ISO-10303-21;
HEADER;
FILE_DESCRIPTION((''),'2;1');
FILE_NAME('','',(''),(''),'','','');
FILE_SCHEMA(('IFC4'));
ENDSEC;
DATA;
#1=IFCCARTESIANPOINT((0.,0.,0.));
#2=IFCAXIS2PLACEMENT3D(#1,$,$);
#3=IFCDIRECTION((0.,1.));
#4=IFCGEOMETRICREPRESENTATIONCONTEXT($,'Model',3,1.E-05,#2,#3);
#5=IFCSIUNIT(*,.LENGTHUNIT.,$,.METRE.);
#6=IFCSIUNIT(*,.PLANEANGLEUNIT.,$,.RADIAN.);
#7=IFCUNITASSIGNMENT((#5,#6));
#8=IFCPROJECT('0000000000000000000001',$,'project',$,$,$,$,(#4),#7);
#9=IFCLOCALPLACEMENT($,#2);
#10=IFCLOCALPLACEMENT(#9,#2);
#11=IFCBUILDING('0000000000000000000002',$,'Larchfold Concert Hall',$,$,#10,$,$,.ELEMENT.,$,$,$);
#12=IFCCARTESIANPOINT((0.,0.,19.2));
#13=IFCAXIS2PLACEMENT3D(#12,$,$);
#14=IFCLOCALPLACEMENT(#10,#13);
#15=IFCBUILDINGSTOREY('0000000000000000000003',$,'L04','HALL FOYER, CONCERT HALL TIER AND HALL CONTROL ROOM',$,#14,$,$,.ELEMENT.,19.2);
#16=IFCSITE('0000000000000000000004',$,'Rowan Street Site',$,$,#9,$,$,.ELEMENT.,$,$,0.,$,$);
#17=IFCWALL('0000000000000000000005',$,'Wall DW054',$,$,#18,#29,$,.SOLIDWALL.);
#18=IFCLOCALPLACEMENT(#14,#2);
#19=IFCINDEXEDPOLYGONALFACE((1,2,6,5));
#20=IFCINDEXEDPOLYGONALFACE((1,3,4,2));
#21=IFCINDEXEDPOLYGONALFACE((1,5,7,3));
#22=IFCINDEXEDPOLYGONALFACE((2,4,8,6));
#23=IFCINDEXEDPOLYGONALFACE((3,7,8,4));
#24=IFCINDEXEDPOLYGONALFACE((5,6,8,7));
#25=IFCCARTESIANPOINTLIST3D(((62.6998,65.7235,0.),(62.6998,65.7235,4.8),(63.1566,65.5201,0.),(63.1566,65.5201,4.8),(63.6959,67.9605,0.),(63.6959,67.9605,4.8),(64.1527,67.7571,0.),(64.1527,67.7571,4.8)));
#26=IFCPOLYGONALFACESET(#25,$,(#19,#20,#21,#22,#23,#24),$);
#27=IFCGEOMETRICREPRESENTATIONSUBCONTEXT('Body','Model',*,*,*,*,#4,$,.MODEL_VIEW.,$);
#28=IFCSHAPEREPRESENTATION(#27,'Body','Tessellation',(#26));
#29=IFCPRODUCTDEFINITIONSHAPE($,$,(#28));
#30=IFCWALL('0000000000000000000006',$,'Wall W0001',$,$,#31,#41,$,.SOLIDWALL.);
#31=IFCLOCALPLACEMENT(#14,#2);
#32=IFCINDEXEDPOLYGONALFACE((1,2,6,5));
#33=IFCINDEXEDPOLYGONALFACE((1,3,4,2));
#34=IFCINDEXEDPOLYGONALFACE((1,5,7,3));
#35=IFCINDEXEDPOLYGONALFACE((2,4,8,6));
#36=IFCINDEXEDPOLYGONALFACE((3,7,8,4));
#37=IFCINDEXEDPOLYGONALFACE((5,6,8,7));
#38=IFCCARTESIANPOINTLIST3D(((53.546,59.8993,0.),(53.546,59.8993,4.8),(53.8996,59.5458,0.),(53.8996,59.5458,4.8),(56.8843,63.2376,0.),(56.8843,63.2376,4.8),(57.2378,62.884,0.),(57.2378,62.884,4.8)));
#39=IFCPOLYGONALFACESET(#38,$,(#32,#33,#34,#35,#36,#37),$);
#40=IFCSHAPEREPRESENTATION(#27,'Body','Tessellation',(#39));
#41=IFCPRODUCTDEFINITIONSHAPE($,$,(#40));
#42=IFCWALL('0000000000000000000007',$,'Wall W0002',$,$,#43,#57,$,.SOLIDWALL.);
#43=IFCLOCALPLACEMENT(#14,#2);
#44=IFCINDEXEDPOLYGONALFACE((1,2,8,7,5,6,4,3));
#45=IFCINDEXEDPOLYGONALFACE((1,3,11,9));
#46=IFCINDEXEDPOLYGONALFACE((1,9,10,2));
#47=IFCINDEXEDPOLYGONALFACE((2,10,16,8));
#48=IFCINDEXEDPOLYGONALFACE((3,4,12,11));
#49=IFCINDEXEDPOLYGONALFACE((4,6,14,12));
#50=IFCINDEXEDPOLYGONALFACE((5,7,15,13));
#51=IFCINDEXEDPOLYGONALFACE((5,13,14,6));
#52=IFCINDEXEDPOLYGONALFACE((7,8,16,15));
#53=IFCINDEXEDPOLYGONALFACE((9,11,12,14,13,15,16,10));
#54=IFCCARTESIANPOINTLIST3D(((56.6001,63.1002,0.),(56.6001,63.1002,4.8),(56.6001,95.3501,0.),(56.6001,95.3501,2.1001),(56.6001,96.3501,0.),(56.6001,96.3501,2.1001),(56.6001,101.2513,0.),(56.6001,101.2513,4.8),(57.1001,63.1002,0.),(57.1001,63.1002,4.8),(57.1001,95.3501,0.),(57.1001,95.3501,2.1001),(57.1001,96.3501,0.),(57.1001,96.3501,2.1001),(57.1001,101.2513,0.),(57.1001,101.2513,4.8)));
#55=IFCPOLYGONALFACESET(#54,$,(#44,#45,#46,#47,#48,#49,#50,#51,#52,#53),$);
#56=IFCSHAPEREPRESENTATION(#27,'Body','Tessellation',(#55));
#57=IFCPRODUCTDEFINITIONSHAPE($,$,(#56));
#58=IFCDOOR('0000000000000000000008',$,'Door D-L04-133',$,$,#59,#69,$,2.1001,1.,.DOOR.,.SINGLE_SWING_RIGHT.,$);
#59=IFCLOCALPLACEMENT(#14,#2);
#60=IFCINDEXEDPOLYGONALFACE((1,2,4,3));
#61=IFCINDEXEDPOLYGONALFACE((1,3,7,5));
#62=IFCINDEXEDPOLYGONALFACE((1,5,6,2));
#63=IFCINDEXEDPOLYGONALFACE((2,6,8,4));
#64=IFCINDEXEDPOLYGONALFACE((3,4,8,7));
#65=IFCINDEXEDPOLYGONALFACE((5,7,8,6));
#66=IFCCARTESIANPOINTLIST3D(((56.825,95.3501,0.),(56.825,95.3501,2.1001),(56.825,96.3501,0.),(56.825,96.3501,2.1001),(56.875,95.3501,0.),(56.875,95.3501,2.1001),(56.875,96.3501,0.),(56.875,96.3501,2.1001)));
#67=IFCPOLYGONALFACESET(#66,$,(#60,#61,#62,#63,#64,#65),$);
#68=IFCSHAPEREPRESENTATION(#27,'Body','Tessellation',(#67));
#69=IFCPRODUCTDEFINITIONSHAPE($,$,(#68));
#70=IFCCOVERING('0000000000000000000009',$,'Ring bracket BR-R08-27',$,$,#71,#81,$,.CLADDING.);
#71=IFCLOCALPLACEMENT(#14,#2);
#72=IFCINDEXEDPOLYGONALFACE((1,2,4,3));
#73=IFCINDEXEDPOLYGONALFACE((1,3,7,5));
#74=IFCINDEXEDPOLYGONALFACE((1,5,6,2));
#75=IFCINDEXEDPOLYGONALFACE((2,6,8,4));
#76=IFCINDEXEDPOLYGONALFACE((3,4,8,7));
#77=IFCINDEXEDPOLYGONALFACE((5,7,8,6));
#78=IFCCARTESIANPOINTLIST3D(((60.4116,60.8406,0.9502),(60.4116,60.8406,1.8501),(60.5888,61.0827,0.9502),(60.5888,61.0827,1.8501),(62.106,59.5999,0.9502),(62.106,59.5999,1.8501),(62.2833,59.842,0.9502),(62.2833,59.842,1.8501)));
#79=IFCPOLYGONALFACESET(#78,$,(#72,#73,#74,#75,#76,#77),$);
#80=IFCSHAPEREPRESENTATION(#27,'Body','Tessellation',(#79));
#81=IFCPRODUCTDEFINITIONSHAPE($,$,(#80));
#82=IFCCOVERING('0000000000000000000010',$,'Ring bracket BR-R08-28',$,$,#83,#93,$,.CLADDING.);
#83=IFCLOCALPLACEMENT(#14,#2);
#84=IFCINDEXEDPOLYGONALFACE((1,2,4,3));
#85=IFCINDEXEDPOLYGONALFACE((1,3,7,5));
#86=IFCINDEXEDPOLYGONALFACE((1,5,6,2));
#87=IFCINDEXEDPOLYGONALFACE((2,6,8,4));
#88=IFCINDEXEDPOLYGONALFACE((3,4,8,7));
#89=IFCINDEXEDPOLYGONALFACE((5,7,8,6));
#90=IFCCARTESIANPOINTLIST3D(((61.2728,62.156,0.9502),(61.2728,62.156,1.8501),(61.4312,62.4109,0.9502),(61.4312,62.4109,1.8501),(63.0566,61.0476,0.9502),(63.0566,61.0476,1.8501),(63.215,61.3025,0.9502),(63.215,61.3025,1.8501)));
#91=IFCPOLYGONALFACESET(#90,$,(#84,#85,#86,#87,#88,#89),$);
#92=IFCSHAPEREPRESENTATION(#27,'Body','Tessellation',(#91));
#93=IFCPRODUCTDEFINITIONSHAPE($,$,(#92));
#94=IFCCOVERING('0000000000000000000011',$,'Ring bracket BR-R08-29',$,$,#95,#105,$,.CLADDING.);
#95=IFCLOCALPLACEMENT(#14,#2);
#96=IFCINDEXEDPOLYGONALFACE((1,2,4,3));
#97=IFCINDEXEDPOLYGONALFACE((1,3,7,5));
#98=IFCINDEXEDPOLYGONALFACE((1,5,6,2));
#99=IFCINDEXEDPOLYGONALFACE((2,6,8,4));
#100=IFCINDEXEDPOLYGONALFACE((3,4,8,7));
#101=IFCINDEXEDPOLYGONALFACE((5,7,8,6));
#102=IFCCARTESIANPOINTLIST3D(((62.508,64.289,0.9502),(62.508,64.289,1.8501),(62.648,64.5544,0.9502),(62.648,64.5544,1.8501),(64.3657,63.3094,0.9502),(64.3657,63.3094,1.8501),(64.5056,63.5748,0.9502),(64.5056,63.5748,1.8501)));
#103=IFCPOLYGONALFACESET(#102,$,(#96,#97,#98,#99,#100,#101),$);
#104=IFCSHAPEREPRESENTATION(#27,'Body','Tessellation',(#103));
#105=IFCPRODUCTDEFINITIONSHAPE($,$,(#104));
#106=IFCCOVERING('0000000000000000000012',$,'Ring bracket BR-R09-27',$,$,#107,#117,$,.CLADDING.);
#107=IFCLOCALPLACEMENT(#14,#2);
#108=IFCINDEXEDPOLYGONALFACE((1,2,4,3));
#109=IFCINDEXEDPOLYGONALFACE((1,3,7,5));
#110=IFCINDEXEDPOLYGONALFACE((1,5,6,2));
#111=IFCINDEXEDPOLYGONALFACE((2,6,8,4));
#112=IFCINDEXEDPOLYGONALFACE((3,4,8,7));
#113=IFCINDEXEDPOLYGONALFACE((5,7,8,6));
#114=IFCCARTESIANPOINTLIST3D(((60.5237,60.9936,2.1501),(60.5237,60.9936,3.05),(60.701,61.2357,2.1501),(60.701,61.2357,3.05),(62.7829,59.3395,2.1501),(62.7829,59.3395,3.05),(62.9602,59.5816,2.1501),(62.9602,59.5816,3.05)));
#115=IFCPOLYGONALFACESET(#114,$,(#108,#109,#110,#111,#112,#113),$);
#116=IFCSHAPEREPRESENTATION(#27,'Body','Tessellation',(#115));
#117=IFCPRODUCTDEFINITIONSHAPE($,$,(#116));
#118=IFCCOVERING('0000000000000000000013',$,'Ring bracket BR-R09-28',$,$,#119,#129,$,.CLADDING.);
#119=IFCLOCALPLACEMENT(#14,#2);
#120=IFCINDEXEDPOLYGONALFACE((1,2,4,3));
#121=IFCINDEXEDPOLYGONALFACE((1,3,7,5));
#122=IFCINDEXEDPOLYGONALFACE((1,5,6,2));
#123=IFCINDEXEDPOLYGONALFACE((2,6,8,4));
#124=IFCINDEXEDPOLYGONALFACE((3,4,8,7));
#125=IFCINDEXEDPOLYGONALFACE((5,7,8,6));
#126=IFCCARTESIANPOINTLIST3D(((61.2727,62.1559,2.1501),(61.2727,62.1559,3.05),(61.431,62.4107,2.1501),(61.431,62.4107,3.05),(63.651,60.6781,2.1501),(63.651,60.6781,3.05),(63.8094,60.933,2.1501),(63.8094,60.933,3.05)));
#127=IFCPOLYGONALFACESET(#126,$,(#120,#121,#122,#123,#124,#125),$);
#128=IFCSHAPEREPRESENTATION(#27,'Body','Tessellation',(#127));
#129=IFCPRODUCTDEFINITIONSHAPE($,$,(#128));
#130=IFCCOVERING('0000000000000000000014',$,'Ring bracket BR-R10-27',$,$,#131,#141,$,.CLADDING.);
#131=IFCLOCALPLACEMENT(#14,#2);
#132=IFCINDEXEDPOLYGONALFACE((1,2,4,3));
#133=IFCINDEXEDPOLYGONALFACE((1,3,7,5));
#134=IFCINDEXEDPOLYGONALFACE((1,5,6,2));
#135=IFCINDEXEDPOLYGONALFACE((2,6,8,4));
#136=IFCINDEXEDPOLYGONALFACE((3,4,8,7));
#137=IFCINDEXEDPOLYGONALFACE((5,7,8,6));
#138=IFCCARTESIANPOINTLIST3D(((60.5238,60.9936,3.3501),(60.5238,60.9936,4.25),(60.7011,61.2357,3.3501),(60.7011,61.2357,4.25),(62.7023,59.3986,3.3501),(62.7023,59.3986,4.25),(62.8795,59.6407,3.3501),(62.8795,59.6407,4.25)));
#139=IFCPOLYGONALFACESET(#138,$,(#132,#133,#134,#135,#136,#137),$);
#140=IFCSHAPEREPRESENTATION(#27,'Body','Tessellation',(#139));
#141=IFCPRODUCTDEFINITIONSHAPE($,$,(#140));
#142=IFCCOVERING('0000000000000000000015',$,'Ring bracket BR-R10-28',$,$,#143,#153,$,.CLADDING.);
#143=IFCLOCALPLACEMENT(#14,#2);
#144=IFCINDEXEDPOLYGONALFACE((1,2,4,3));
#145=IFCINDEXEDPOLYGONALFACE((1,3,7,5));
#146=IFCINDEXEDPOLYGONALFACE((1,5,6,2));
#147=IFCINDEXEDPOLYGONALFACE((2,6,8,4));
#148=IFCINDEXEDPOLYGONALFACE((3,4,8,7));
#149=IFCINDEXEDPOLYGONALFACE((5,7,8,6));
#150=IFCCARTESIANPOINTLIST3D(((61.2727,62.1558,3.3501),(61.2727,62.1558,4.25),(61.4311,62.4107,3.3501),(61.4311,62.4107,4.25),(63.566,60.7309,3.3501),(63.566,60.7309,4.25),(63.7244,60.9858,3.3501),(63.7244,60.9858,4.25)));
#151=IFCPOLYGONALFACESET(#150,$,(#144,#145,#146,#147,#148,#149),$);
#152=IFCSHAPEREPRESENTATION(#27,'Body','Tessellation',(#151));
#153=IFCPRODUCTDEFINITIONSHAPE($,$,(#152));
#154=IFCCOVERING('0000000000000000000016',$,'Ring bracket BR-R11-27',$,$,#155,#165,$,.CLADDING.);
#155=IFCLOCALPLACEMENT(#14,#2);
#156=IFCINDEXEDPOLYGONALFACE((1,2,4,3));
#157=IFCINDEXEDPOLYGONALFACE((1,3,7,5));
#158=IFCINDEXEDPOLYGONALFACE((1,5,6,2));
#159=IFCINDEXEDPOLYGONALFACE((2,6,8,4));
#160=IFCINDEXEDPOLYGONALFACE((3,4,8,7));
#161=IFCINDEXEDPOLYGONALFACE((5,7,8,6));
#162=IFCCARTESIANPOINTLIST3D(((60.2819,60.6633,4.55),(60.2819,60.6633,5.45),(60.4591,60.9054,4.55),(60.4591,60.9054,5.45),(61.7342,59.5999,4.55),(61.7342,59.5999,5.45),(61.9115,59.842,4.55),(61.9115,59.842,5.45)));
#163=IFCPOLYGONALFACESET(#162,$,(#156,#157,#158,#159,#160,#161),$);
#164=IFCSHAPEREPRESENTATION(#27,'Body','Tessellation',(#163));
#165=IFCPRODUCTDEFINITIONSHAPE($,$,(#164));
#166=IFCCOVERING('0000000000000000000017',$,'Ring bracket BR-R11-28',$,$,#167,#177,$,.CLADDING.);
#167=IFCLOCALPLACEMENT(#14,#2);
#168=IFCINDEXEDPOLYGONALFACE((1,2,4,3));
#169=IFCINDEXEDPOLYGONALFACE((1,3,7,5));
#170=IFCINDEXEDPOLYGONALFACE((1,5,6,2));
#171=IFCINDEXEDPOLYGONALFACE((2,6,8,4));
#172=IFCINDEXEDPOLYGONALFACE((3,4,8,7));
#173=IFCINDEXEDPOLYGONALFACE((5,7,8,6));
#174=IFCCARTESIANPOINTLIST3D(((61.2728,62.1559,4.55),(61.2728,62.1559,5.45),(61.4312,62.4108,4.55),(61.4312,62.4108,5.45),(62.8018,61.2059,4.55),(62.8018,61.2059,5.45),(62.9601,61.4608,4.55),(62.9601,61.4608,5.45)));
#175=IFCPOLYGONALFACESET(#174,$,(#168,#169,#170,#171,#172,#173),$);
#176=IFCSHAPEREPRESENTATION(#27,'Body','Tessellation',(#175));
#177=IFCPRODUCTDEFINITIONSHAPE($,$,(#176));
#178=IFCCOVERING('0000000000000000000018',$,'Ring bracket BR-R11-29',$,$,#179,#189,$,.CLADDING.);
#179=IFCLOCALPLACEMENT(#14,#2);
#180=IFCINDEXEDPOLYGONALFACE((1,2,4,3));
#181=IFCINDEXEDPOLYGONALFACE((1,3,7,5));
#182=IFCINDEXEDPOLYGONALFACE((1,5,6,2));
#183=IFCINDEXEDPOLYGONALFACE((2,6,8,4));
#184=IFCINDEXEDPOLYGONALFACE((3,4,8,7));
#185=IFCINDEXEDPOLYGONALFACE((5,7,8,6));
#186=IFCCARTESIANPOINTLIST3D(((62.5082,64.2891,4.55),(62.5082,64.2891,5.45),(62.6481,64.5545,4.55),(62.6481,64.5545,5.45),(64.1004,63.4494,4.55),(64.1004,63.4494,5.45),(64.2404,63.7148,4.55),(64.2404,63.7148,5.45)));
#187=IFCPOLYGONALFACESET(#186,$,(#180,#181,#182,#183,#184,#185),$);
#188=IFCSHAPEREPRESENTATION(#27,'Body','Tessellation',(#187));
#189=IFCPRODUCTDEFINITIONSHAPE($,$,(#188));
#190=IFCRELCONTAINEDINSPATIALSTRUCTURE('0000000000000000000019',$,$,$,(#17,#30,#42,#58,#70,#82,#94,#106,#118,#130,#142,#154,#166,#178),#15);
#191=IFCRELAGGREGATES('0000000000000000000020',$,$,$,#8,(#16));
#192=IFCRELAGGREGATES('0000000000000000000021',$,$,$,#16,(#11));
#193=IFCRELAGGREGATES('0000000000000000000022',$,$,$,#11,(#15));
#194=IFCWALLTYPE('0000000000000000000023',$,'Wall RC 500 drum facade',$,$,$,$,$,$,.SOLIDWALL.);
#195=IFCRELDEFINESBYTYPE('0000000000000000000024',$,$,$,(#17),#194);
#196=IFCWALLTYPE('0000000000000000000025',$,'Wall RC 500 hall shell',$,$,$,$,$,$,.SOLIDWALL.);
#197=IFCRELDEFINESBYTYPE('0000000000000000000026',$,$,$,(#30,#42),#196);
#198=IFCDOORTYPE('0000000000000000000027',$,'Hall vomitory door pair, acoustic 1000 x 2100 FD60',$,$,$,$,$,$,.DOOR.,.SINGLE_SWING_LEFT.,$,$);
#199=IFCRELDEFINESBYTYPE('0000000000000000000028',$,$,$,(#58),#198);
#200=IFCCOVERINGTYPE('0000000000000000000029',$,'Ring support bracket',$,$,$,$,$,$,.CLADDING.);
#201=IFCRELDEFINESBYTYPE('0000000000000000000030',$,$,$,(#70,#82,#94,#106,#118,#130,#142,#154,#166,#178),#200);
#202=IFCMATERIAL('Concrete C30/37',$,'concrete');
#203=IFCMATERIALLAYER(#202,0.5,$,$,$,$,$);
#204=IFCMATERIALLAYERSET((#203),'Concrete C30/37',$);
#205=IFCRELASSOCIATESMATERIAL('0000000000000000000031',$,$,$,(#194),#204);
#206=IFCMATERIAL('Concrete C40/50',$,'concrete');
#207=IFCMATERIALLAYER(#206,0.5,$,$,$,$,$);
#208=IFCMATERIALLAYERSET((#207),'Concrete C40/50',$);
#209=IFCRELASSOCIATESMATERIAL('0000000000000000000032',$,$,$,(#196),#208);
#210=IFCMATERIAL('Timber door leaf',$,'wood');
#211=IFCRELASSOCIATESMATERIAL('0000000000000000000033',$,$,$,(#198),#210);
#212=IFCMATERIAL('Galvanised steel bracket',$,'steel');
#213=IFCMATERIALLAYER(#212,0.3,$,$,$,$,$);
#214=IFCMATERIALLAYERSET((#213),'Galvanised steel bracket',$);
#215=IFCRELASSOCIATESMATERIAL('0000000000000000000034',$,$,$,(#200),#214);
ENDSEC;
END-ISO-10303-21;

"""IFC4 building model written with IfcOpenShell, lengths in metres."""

from ifc_helpers import new_model, si_unit, direction, frame, frame_2d, origin, origin_2d, place, context, subcontext, project, spatial, rectangle, extrude, material, layer, layer_set, type_object, element, fill, save


model = new_model("IFC4")

# Units and contexts
model_context = context("Model", 3, precision=1e-05, world=origin(), true_north=direction((0.0, 1.0)))
body_context = subcontext(model_context, "Body", "Model", "MODEL_VIEW")
ifc_project = project(units=[si_unit("LENGTHUNIT", "METRE"), si_unit("PLANEANGLEUNIT", "RADIAN")], contexts=[model_context])

# Site, building, storey
site_placement = place(None, origin())
site = spatial("IfcSite", under=ifc_project, at=site_placement, Name="Rowan Street Site", CompositionType="ELEMENT", RefElevation=0.0)
building_placement = place(site_placement, origin())
building = spatial("IfcBuilding", under=site, at=building_placement, Name="Larchfold Concert Hall", CompositionType="ELEMENT")
storey_placement = place(building_placement, frame((0.0, 0.0, 19.2)))
storey = spatial("IfcBuildingStorey", under=building, at=storey_placement, Name="L04", Description="HALL FOYER, CONCERT HALL TIER AND HALL CONTROL ROOM", CompositionType="ELEMENT", Elevation=19.2)

# Walls
ifc_material_1 = material(Name="Concrete C30/37", Category="concrete")
ifc_layer_1 = layer(ifc_material_1, 0.5)
ifc_layer_set_1 = layer_set([ifc_layer_1], Name="Concrete C30/37")
wall_type_1 = type_object("IfcWallType", Name="Wall RC 500 drum facade", PredefinedType="SOLIDWALL", material=ifc_layer_set_1)
wall_1_placement = place(storey_placement, frame((62.9282, 65.6218, 0.0), z_axis=(0.0, 0.0, 1.0), x_axis=(0.406767, 0.913532, 0.0)))
element("IfcWall", 1, at=wall_1_placement, inside=storey, type_object=wall_type_1, Name="Wall DW054", PredefinedType="SOLIDWALL", context=body_context, shape_type="SweptSolid", body=[
    extrude(rectangle(XDim=2.4487, YDim=0.5, at=frame_2d((1.2244, 0.0))), origin(), (0.0, 0.0, 1.0), 4.8),
])
ifc_material_2 = material(Name="Concrete C40/50", Category="concrete")
ifc_layer_2 = layer(ifc_material_2, 0.5)
ifc_layer_set_2 = layer_set([ifc_layer_2], Name="Concrete C40/50")
wall_type_2 = type_object("IfcWallType", Name="Wall RC 500 hall shell", PredefinedType="SOLIDWALL", material=ifc_layer_set_2)
wall_2_placement = place(storey_placement, frame((53.7229, 59.7227, 0.0), z_axis=(0.0, 0.0, 1.0), x_axis=(0.707107, 0.707107, 0.0)))
element("IfcWall", 2, at=wall_2_placement, inside=storey, type_object=wall_type_2, Name="Wall W0001", PredefinedType="SOLIDWALL", context=body_context, shape_type="SweptSolid", body=[
    extrude(rectangle(XDim=4.7209, YDim=0.5, at=frame_2d((2.3604, 0.0))), origin(), (0.0, 0.0, 1.0), 4.8),
])

# Wall, opening, door
wall_3_placement = place(storey_placement, frame((56.8501, 63.1001, 0.0), z_axis=(0.0, 0.0, 1.0), x_axis=(0.0, 1.0, 0.0)))
wall_3 = element("IfcWall", 3, at=wall_3_placement, inside=storey, type_object=wall_type_2, Name="Wall W0002", PredefinedType="SOLIDWALL", context=body_context, shape_type="SweptSolid", body=[
    extrude(rectangle(XDim=38.1511, YDim=0.5, at=frame_2d((19.0757, 0.0))), origin(), (0.0, 0.0, 1.0), 4.8),
])
opening_1_placement = place(wall_3_placement, frame((33.25, 0.0, 0.0), z_axis=(0.0, 0.0, 1.0), x_axis=(-1.0, 0.0, 0.0)))
opening_1 = element("IfcOpeningElement", 4, at=opening_1_placement, cuts=wall_3, PredefinedType="OPENING", context=body_context, shape_type="SweptSolid", body=[
    extrude(rectangle(XDim=1.0, YDim=2.1001, at=frame_2d((0.5, 1.05))), frame((0.0, 0.26, 0.0), z_axis=(0.0, -1.0, 0.0), x_axis=(1.0, 0.0, 0.0)), (0.0, 0.0, 1.0), 0.52),
])
ifc_material_3 = material(Name="Timber door leaf", Category="wood")
door_type_1 = type_object("IfcDoorType", Name="Hall vomitory door pair, acoustic 1000 x 2100 FD60", OperationType="SINGLE_SWING_LEFT", PredefinedType="DOOR", material=ifc_material_3)
door_1_placement = place(opening_1_placement, origin())
door_1 = element("IfcDoor", 5, at=door_1_placement, inside=storey, type_object=door_type_1, Name="Door D-L04-133", OperationType="SINGLE_SWING_RIGHT", OverallHeight=2.1001, OverallWidth=1.0, PredefinedType="DOOR", context=body_context, shape_type="SweptSolid", body=[
    extrude(rectangle(XDim=1.0, YDim=2.1001, at=frame_2d((0.5, 1.05))), frame((0.0, 0.0249, 0.0), z_axis=(0.0, -1.0, 0.0), x_axis=(1.0, 0.0, 0.0)), (0.0, 0.0, 1.0), 0.05),
])
fill(opening_1, door_1)

# Coverings
ifc_material_4 = material(Name="Galvanised steel bracket", Category="steel")
ifc_layer_3 = layer(ifc_material_4, 0.3)
ifc_layer_set_3 = layer_set([ifc_layer_3], Name="Galvanised steel bracket")
covering_type = type_object("IfcCoveringType", Name="Ring support bracket", PredefinedType="CLADDING", material=ifc_layer_set_3)
for number, where, z_axis, x_axis, name in (
    (6, (61.3474, 60.3413, 0.9502), (0.0, 0.0, 1.0), (0.806849, -0.590758, 0.0), "Ring bracket BR-R08-27"),
    (7, (62.2439, 61.7292, 0.9502), (0.0, 0.0, 1.0), (0.849391, -0.527764, 0.0), "Ring bracket BR-R08-28"),
    (8, (63.5068, 63.9319, 0.9502), (0.0, 0.0, 1.0), (0.884536, -0.466473, 0.0), "Ring bracket BR-R08-29"),
):
    element("IfcCovering", number, at=place(storey_placement, frame(where, z_axis=z_axis, x_axis=x_axis)), inside=storey, type_object=covering_type, Name=name, PredefinedType="CLADDING", context=body_context, shape_type="SweptSolid", body=[
        extrude(rectangle(XDim=2.1001, YDim=0.3, at=origin_2d()), origin(), (0.0, 0.0, 1.0), 0.8999),
    ])
for number, where, z_axis, x_axis, name in (
    (9, (61.7419, 60.2876, 2.1501), (0.0, 0.0, 1.0), (0.806849, -0.590758, 0.0), "Ring bracket BR-R09-27"),
    (10, (62.541, 61.5444, 2.1501), (0.0, 0.0, 1.0), (0.849391, -0.527764, 0.0), "Ring bracket BR-R09-28"),
):
    element("IfcCovering", number, at=place(storey_placement, frame(where, z_axis=z_axis, x_axis=x_axis)), inside=storey, type_object=covering_type, Name=name, PredefinedType="CLADDING", context=body_context, shape_type="SweptSolid", body=[
        extrude(rectangle(XDim=2.8, YDim=0.3, at=origin_2d()), origin(), (0.0, 0.0, 1.0), 0.8999),
    ])
for number, where, z_axis, x_axis, name in (
    (11, (61.7017, 60.3171, 3.3501), (0.0, 0.0, 1.0), (0.806849, -0.590758, 0.0), "Ring bracket BR-R10-27"),
    (12, (62.4985, 61.5708, 3.3501), (0.0, 0.0, 1.0), (0.849391, -0.527764, 0.0), "Ring bracket BR-R10-28"),
):
    element("IfcCovering", number, at=place(storey_placement, frame(where, z_axis=z_axis, x_axis=x_axis)), inside=storey, type_object=covering_type, Name=name, PredefinedType="CLADDING", context=body_context, shape_type="SweptSolid", body=[
        extrude(rectangle(XDim=2.7, YDim=0.3, at=origin_2d()), origin(), (0.0, 0.0, 1.0), 0.8999),
    ])
for number, where, z_axis, x_axis, name in (
    (13, (61.0967, 60.2527, 4.55), (0.0, 0.0, 1.0), (0.806849, -0.590758, 0.0), "Ring bracket BR-R11-27"),
    (14, (62.1165, 61.8083, 4.55), (0.0, 0.0, 1.0), (0.849391, -0.527764, 0.0), "Ring bracket BR-R11-28"),
    (15, (63.3743, 64.002, 4.55), (0.0, 0.0, 1.0), (0.884536, -0.466473, 0.0), "Ring bracket BR-R11-29"),
):
    element("IfcCovering", number, at=place(storey_placement, frame(where, z_axis=z_axis, x_axis=x_axis)), inside=storey, type_object=covering_type, Name=name, PredefinedType="CLADDING", context=body_context, shape_type="SweptSolid", body=[
        extrude(rectangle(XDim=1.8, YDim=0.3, at=origin_2d()), origin(), (0.0, 0.0, 1.0), 0.8999),
    ])

save(model, "model.ifc")
